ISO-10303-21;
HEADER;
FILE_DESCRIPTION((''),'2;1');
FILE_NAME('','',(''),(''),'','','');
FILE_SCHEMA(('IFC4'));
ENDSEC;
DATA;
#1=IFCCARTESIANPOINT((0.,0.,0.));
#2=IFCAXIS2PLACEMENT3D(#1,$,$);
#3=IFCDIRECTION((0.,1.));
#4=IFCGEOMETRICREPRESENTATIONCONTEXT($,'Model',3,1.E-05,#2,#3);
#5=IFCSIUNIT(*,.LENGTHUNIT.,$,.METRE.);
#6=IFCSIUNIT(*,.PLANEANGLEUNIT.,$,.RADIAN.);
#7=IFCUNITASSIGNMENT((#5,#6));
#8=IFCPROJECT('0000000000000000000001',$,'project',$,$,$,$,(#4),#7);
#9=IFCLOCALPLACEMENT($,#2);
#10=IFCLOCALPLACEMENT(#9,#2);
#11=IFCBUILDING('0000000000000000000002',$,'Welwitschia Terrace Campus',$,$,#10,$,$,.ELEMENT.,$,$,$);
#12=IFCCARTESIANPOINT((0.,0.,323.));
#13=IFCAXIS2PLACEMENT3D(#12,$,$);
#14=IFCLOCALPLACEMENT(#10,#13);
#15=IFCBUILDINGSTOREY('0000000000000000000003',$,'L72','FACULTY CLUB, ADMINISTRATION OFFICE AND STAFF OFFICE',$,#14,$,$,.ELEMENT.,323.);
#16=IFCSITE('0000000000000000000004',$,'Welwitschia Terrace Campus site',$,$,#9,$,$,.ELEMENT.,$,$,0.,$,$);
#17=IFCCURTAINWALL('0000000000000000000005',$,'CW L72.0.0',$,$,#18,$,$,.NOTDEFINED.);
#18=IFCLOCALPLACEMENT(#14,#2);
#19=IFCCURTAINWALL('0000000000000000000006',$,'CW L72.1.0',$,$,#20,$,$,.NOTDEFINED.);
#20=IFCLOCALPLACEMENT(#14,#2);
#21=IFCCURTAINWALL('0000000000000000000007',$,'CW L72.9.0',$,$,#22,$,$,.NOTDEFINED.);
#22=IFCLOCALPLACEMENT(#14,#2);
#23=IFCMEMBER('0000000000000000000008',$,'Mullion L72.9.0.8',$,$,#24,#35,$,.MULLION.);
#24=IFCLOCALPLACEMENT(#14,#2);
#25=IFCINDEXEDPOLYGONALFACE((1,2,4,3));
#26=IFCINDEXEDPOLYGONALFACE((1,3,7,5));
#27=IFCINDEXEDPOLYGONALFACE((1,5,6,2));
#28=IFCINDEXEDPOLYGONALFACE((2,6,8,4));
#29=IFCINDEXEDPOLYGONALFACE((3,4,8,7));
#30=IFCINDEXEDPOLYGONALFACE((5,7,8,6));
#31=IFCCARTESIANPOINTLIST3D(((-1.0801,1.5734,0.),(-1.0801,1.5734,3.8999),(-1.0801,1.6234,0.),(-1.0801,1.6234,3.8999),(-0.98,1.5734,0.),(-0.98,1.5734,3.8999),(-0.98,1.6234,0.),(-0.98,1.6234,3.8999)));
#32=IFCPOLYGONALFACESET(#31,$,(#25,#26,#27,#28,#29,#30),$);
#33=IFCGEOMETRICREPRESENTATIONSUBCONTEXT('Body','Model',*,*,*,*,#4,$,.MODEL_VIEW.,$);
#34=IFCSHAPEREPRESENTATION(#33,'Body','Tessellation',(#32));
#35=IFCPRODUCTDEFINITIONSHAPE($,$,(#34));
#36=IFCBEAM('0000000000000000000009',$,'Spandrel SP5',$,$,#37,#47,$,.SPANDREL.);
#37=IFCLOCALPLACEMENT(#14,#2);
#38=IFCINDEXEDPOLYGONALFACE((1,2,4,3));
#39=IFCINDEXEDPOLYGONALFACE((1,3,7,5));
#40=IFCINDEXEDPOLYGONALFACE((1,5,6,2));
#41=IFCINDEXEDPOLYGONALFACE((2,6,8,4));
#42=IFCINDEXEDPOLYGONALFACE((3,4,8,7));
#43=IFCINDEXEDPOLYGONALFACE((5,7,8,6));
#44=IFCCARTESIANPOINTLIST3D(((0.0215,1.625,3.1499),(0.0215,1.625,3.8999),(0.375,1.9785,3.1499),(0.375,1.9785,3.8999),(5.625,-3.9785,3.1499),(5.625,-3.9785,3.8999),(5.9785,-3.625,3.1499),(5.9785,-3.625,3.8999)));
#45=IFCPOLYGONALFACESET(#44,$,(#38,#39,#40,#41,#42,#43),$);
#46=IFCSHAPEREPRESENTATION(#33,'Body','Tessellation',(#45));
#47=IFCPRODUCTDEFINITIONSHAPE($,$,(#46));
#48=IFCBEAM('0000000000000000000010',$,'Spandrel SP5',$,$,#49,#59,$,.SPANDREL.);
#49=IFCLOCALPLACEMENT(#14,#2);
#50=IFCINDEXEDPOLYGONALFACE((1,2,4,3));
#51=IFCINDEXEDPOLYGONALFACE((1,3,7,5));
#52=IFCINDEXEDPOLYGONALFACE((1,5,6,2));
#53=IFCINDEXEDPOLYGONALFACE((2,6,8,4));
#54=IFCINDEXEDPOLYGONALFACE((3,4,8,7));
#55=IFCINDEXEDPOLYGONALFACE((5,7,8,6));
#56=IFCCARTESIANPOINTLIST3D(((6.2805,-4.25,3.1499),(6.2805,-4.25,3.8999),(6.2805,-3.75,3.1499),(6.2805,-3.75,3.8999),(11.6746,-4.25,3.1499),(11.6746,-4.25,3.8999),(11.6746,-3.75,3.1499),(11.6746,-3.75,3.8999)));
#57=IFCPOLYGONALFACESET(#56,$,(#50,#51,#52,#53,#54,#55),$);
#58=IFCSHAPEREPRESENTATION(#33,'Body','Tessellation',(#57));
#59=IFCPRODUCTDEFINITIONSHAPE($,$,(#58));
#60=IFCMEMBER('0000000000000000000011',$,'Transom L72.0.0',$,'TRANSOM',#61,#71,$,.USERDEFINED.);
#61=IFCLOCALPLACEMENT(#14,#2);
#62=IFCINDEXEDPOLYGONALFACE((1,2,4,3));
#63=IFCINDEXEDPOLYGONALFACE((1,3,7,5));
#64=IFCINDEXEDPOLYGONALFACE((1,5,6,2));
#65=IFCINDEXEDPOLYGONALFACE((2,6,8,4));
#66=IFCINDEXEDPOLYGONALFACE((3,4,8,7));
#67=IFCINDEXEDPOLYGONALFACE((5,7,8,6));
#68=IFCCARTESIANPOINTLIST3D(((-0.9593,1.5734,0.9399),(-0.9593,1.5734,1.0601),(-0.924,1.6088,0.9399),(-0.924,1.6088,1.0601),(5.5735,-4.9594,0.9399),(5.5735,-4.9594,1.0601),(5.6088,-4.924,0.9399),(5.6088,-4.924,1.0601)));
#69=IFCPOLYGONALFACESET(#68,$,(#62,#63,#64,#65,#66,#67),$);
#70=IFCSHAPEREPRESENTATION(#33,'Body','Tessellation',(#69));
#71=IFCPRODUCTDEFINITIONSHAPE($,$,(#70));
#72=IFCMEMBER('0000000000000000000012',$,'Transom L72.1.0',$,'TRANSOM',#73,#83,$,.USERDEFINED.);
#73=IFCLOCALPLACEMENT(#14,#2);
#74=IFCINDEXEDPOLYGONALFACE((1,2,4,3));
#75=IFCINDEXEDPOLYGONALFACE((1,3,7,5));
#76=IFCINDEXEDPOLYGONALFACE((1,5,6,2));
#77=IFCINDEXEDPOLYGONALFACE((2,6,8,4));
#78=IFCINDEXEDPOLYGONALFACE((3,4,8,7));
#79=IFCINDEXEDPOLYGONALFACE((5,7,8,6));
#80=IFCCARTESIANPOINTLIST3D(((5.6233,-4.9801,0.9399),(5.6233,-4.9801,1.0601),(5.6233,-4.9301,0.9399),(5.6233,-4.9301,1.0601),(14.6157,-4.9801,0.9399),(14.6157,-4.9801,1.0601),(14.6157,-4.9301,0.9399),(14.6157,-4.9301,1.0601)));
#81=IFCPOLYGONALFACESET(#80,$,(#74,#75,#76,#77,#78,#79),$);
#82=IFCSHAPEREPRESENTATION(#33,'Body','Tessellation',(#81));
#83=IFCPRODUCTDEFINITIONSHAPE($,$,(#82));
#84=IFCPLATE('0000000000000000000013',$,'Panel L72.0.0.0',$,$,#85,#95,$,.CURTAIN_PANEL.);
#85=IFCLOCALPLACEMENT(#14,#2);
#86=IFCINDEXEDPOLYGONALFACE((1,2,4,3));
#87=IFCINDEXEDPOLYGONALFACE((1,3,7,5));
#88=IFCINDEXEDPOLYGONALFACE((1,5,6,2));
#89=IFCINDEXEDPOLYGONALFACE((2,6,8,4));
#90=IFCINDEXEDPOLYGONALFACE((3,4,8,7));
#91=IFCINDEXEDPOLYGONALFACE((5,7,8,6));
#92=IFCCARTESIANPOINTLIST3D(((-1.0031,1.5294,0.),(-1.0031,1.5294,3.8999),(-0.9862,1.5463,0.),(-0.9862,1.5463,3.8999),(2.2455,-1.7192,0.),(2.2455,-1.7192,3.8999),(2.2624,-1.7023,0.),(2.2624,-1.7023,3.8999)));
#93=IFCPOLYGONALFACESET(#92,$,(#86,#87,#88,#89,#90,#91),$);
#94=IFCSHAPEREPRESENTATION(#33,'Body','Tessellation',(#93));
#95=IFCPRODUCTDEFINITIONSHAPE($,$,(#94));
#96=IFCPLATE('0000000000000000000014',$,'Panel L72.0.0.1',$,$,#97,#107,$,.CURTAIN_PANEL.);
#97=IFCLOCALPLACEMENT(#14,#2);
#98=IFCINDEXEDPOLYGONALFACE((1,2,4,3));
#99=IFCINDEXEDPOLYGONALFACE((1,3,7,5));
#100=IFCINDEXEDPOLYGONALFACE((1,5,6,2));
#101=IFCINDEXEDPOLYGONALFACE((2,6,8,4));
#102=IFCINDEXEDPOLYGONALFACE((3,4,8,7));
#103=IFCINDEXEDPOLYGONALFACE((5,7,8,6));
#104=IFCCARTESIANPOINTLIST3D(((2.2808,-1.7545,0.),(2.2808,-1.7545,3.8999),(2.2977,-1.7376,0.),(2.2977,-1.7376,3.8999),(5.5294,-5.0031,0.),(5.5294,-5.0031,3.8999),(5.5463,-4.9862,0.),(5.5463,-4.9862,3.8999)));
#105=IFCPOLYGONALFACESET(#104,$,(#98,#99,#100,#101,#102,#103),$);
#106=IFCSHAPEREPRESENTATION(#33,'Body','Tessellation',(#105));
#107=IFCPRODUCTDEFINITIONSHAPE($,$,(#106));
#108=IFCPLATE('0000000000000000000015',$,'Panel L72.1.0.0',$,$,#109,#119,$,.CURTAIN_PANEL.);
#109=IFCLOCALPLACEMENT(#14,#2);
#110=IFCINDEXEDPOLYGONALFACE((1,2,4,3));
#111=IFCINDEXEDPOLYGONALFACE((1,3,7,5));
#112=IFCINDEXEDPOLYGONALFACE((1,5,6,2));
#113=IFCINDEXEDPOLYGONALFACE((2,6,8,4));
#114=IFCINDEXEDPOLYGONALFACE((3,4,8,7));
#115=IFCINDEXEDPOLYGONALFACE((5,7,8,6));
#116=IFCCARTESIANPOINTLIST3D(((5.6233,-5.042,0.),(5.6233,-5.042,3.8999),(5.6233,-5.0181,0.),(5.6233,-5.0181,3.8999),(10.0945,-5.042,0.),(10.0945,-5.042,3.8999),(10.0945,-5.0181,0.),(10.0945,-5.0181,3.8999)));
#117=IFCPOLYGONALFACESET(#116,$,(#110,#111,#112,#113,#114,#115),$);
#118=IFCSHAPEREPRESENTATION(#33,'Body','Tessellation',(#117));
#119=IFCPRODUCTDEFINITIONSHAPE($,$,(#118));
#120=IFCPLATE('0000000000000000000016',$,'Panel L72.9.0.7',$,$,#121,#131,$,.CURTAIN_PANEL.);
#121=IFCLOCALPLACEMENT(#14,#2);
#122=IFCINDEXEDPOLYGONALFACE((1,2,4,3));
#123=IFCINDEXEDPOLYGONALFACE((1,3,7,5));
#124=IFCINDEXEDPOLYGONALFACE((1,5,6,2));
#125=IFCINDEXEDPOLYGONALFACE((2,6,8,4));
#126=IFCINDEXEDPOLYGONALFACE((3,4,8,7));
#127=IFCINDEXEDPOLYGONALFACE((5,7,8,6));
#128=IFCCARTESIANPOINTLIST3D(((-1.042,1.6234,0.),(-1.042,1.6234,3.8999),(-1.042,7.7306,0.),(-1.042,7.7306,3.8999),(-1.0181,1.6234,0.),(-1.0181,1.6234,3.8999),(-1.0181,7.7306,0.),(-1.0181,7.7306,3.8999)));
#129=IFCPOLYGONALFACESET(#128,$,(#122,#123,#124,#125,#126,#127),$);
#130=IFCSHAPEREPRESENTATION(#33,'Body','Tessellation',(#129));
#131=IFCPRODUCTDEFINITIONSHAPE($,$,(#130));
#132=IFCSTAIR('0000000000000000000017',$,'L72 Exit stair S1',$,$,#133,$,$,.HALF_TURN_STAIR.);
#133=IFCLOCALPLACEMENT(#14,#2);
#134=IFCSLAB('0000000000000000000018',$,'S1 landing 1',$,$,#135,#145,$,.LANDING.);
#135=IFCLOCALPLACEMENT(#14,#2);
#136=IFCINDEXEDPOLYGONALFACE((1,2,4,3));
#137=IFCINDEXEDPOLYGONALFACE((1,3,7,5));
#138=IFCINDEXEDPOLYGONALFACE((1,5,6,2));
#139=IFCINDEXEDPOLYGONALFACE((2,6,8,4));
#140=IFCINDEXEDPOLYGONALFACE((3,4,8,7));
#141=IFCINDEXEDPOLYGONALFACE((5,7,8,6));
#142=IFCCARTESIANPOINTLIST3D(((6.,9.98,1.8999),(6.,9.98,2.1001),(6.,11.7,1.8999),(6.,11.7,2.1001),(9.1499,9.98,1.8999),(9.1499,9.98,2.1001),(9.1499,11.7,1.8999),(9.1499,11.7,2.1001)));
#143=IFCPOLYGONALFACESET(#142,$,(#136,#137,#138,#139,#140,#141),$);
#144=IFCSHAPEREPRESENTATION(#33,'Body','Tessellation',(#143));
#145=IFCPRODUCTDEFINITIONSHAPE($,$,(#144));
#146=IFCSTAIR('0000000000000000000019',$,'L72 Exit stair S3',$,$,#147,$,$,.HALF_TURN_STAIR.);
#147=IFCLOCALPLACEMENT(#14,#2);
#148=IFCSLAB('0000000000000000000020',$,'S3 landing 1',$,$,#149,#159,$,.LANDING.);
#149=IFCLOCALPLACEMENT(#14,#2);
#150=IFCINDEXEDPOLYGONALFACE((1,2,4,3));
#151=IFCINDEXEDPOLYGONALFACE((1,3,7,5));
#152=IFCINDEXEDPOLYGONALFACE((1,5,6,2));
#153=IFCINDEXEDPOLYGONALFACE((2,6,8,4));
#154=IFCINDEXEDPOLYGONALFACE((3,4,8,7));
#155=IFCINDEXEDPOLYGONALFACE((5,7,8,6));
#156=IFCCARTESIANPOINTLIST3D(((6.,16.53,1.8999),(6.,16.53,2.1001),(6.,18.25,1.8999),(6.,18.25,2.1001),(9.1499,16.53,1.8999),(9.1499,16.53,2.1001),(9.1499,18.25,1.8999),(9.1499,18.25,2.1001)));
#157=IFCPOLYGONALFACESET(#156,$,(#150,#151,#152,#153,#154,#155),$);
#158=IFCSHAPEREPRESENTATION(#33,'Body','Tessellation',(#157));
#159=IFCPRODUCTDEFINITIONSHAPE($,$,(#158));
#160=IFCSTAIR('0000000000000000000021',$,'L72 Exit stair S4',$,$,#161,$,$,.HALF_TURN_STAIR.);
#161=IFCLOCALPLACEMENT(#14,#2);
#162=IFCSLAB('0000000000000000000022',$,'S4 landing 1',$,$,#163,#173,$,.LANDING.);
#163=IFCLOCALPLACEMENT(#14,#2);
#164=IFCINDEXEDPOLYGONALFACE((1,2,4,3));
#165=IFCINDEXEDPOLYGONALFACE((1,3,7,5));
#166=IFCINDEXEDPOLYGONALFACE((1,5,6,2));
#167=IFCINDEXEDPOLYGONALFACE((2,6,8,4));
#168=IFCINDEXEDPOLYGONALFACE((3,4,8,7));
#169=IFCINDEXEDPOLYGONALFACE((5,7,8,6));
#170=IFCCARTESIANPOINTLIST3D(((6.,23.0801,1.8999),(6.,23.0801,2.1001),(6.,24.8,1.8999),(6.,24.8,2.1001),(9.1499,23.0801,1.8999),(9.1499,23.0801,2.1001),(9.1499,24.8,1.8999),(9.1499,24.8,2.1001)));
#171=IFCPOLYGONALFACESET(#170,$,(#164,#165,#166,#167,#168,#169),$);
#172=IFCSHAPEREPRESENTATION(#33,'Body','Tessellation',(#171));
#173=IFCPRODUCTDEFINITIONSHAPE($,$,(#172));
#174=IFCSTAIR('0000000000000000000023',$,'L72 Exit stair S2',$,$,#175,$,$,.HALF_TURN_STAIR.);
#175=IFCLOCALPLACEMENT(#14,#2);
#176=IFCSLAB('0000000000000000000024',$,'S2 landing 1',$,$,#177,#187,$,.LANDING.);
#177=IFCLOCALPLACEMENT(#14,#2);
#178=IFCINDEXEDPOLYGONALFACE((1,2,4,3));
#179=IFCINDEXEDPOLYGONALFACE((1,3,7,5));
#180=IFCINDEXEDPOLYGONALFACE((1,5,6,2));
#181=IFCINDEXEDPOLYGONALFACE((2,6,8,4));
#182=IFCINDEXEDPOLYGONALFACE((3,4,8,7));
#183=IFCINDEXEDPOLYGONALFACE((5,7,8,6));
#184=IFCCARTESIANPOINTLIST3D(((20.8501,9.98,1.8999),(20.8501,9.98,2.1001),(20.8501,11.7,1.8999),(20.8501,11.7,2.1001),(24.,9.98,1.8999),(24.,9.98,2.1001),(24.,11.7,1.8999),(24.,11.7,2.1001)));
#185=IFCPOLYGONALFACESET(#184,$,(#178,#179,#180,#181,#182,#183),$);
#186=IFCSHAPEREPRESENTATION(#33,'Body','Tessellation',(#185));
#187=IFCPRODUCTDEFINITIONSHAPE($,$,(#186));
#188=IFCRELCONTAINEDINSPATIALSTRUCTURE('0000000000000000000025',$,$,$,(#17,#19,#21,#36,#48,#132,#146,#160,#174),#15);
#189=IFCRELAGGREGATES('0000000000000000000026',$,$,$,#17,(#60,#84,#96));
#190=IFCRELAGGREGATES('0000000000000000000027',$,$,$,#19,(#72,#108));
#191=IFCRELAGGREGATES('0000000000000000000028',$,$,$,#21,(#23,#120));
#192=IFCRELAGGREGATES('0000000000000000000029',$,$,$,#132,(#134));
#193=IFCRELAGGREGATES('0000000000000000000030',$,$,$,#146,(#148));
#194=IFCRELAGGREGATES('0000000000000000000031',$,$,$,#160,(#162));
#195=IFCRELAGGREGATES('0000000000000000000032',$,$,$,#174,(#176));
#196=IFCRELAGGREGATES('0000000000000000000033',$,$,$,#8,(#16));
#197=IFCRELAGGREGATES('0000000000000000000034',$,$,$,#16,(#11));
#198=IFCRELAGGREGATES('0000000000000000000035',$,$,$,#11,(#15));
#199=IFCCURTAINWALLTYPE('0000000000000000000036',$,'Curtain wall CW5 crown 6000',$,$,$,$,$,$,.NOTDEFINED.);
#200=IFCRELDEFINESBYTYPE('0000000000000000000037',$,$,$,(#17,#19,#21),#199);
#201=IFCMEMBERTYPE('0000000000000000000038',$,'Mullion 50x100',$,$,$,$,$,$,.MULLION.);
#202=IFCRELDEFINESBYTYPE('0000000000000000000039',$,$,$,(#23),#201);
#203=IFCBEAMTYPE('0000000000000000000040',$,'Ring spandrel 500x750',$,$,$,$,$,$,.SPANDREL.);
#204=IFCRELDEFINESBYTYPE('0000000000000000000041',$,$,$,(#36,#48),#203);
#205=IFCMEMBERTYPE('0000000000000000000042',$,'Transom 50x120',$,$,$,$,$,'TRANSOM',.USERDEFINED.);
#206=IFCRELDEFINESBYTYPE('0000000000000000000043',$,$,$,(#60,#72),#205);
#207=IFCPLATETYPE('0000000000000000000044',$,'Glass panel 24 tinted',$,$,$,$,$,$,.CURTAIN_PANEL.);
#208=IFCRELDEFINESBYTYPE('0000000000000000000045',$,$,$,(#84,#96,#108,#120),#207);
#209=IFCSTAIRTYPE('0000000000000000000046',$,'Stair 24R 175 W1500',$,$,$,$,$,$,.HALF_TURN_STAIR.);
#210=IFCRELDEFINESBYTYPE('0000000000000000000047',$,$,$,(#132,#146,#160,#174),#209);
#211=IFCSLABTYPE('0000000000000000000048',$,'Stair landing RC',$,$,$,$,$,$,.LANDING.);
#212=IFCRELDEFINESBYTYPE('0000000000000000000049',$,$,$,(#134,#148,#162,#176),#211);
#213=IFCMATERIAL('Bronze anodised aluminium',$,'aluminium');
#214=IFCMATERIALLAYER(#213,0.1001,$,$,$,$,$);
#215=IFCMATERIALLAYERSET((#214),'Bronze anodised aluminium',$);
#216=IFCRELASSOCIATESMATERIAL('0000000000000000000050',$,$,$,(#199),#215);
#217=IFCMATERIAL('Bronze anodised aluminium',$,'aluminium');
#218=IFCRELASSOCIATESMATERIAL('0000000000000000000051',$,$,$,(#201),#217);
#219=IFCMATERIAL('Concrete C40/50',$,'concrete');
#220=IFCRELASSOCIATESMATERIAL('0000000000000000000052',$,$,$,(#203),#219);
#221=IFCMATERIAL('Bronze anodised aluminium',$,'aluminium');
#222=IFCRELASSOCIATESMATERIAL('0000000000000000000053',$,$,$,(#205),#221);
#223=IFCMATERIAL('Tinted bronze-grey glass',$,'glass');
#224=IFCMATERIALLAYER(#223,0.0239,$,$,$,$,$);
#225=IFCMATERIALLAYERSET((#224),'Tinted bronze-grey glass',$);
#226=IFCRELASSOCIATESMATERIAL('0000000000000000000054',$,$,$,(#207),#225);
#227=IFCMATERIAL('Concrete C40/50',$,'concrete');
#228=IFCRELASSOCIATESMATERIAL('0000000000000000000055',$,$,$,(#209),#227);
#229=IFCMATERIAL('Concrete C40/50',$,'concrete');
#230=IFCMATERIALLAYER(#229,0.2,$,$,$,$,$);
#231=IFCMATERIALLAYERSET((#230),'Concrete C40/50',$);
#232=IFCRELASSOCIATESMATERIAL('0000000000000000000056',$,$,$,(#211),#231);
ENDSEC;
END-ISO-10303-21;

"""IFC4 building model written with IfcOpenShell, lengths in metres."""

from ifc_helpers import new_model, si_unit, direction, frame, origin, origin_2d, place, context, subcontext, project, spatial, polyline, rectangle, outline, extrude, material, layer, layer_set, material_profile, profile_set, type_object, element, aggregate, save


model = new_model("IFC4")

# Units and contexts
model_context = context("Model", 3, precision=1e-05, world=origin(), true_north=direction((0.0, 1.0)))
body_context = subcontext(model_context, "Body", "Model", "MODEL_VIEW")
ifc_project = project(units=[si_unit("LENGTHUNIT", "METRE"), si_unit("PLANEANGLEUNIT", "RADIAN")], contexts=[model_context])

# Site, building, storey
site_placement = place(None, origin())
site = spatial("IfcSite", under=ifc_project, at=site_placement, Name="Welwitschia Terrace Campus site", CompositionType="ELEMENT", RefElevation=0.0)
building_placement = place(site_placement, origin())
building = spatial("IfcBuilding", under=site, at=building_placement, Name="Welwitschia Terrace Campus", CompositionType="ELEMENT")
storey_placement = place(building_placement, frame((0.0, 0.0, 323.0)))
storey = spatial("IfcBuildingStorey", under=building, at=storey_placement, Name="L72", Description="FACULTY CLUB, ADMINISTRATION OFFICE AND STAFF OFFICE", CompositionType="ELEMENT", Elevation=323.0)

# Curtain walls
ifc_material_1 = material(Name="Bronze anodised aluminium", Category="aluminium")
ifc_layer_1 = layer(ifc_material_1, 0.1001)
ifc_layer_set_1 = layer_set([ifc_layer_1], Name="Bronze anodised aluminium")
curtain_wall_type = type_object("IfcCurtainWallType", Name="Curtain wall CW5 crown 6000", PredefinedType="NOTDEFINED", material=ifc_layer_set_1)
curtain_wall_1_placement = place(storey_placement, origin())
curtain_wall_1 = element("IfcCurtainWall", 1, at=curtain_wall_1_placement, inside=storey, type_object=curtain_wall_type, Name="CW L72.0.0", PredefinedType="NOTDEFINED")
ifc_material_2 = material(Name="Bronze anodised aluminium", Category="aluminium")
ifc_material_profile_1 = material_profile(ifc_material_2, rectangle(XDim=0.1001, YDim=0.05, at=origin_2d()))
ifc_profile_set_1 = profile_set([ifc_material_profile_1], Name="Bronze anodised aluminium")
member_type_1 = type_object("IfcMemberType", Name="Mullion 50x100", PredefinedType="MULLION", material=ifc_profile_set_1)
curtain_wall_2_placement = place(storey_placement, origin())
curtain_wall_2 = element("IfcCurtainWall", 2, at=curtain_wall_2_placement, inside=storey, type_object=curtain_wall_type, Name="CW L72.1.0", PredefinedType="NOTDEFINED")

# Curtain wall, member
curtain_wall_3_placement = place(storey_placement, origin())
curtain_wall_3 = element("IfcCurtainWall", 3, at=curtain_wall_3_placement, inside=storey, type_object=curtain_wall_type, Name="CW L72.9.0", PredefinedType="NOTDEFINED")
member_1_placement = place(storey_placement, frame((-1.03, 1.5984, 0.0), z_axis=(0.0, 0.0, 1.0), x_axis=(1.0, 0.0, 0.0)))
member_1 = element("IfcMember", 4, at=member_1_placement, type_object=member_type_1, Name="Mullion L72.9.0.8", PredefinedType="MULLION", context=body_context, shape_type="SweptSolid", body=[
    extrude(rectangle(XDim=0.1001, YDim=0.05, at=origin_2d()), origin(), (0.0, 0.0, 1.0), 3.8999),
])

# Beams
ifc_material_3 = material(Name="Concrete C40/50", Category="concrete")
ifc_material_profile_2 = material_profile(ifc_material_3, rectangle(XDim=0.5, YDim=0.75, at=origin_2d()))
ifc_profile_set_2 = profile_set([ifc_material_profile_2], Name="Concrete C40/50")
beam_type_1 = type_object("IfcBeamType", Name="Ring spandrel 500x750", PredefinedType="SPANDREL", material=ifc_profile_set_2)
beam_1_placement = place(storey_placement, frame((0.1982, 1.8018, 3.5249), z_axis=(0.707107, -0.707107, 0.0), x_axis=(0.707107, 0.707107, 0.0)))
element("IfcBeam", 5, at=beam_1_placement, inside=storey, type_object=beam_type_1, Name="Spandrel SP5", PredefinedType="SPANDREL", context=body_context, shape_type="SweptSolid", body=[
    extrude(rectangle(XDim=0.5, YDim=0.75, at=origin_2d()), origin(), (0.0, 0.0, 1.0), 7.9246),
])
beam_2_placement = place(storey_placement, frame((6.2805, -4.0, 3.5249), z_axis=(1.0, 0.0, 0.0), x_axis=(0.0, 1.0, 0.0)))
element("IfcBeam", 6, at=beam_2_placement, inside=storey, type_object=beam_type_1, Name="Spandrel SP5", PredefinedType="SPANDREL", context=body_context, shape_type="SweptSolid", body=[
    extrude(rectangle(XDim=0.5, YDim=0.75, at=origin_2d()), origin(), (0.0, 0.0, 1.0), 5.394),
])

# Members
ifc_material_4 = material(Name="Bronze anodised aluminium", Category="aluminium")
ifc_material_profile_3 = material_profile(ifc_material_4, rectangle(XDim=0.05, YDim=0.1201, at=origin_2d()))
ifc_profile_set_3 = profile_set([ifc_material_profile_3], Name="Bronze anodised aluminium")
member_type_2 = type_object("IfcMemberType", Name="Transom 50x120", ElementType="TRANSOM", PredefinedType="USERDEFINED", material=ifc_profile_set_3)
member_2_placement = place(storey_placement, frame((-0.9417, 1.5911, 1.0), z_axis=(0.707107, -0.707107, 0.0), x_axis=(0.707107, 0.707107, 0.0)))
member_2 = element("IfcMember", 7, at=member_2_placement, type_object=member_type_2, Name="Transom L72.0.0", ObjectType="TRANSOM", PredefinedType="USERDEFINED", context=body_context, shape_type="SweptSolid", body=[
    extrude(rectangle(XDim=0.05, YDim=0.1201, at=origin_2d()), origin(), (0.0, 0.0, 1.0), 9.2388),
])
member_3_placement = place(storey_placement, frame((5.6233, -4.9551, 1.0), z_axis=(1.0, 0.0, 0.0), x_axis=(0.0, 1.0, 0.0)))
member_3 = element("IfcMember", 8, at=member_3_placement, type_object=member_type_2, Name="Transom L72.1.0", ObjectType="TRANSOM", PredefinedType="USERDEFINED", context=body_context, shape_type="SweptSolid", body=[
    extrude(rectangle(XDim=0.05, YDim=0.1201, at=origin_2d()), origin(), (0.0, 0.0, 1.0), 8.9924),
])

# Plates
ifc_material_5 = material(Name="Tinted bronze-grey glass", Category="glass")
ifc_layer_2 = layer(ifc_material_5, 0.0239)
ifc_layer_set_2 = layer_set([ifc_layer_2], Name="Tinted bronze-grey glass")
plate_type = type_object("IfcPlateType", Name="Glass panel 24 tinted", PredefinedType="CURTAIN_PANEL", material=ifc_layer_set_2)
plate_1_placement = place(storey_placement, frame((0.6296, -0.0864, 0.0), z_axis=(0.0, 0.0, 1.0), x_axis=(0.707107, -0.707107, 0.0)))
plate_1 = element("IfcPlate", 9, at=plate_1_placement, type_object=plate_type, Name="Panel L72.0.0.0", PredefinedType="CURTAIN_PANEL", context=body_context, shape_type="SweptSolid", body=[
    extrude(rectangle(XDim=4.5942, YDim=0.0239, at=origin_2d()), origin(), (0.0, 0.0, 1.0), 3.8999),
])
plate_2_placement = place(storey_placement, frame((3.9136, -3.3704, 0.0), z_axis=(0.0, 0.0, 1.0), x_axis=(0.707107, -0.707107, 0.0)))
plate_2 = element("IfcPlate", 10, at=plate_2_placement, type_object=plate_type, Name="Panel L72.0.0.1", PredefinedType="CURTAIN_PANEL", context=body_context, shape_type="SweptSolid", body=[
    extrude(rectangle(XDim=4.5942, YDim=0.0239, at=origin_2d()), origin(), (0.0, 0.0, 1.0), 3.8999),
])
aggregate(curtain_wall_1, [member_2, plate_1, plate_2])
plate_3_placement = place(storey_placement, frame((7.8589, -5.03, 0.0), z_axis=(0.0, 0.0, 1.0), x_axis=(1.0, 0.0, 0.0)))
plate_3 = element("IfcPlate", 11, at=plate_3_placement, type_object=plate_type, Name="Panel L72.1.0.0", PredefinedType="CURTAIN_PANEL", context=body_context, shape_type="SweptSolid", body=[
    extrude(rectangle(XDim=4.4712, YDim=0.0239, at=origin_2d()), origin(), (0.0, 0.0, 1.0), 3.8999),
])
aggregate(curtain_wall_2, [member_3, plate_3])
plate_4_placement = place(storey_placement, frame((-1.03, 4.677, 0.0), z_axis=(0.0, 0.0, 1.0), x_axis=(0.0, -1.0, 0.0)))
plate_4 = element("IfcPlate", 12, at=plate_4_placement, type_object=plate_type, Name="Panel L72.9.0.7", PredefinedType="CURTAIN_PANEL", context=body_context, shape_type="SweptSolid", body=[
    extrude(rectangle(XDim=6.1072, YDim=0.0239, at=origin_2d()), origin(), (0.0, 0.0, 1.0), 3.8999),
])
aggregate(curtain_wall_3, [member_1, plate_4])

# Stairs, slabs
ifc_material_6 = material(Name="Concrete C40/50", Category="concrete")
stair_type = type_object("IfcStairType", Name="Stair 24R 175 W1500", PredefinedType="HALF_TURN_STAIR", material=ifc_material_6)
stair_1_placement = place(storey_placement, origin())
stair_1 = element("IfcStair", 13, at=stair_1_placement, inside=storey, type_object=stair_type, Name="L72 Exit stair S1", PredefinedType="HALF_TURN_STAIR")
ifc_material_7 = material(Name="Concrete C40/50", Category="concrete")
ifc_layer_3 = layer(ifc_material_7, 0.2)
ifc_layer_set_3 = layer_set([ifc_layer_3], Name="Concrete C40/50")
slab_type_1 = type_object("IfcSlabType", Name="Stair landing RC", PredefinedType="LANDING", material=ifc_layer_set_3)
slab_1_placement = place(storey_placement, frame((0.0, 0.0, 1.8999)))
slab_1 = element("IfcSlab", 14, at=slab_1_placement, type_object=slab_type_1, Name="S1 landing 1", PredefinedType="LANDING", context=body_context, shape_type="SweptSolid", body=[
    extrude(outline(polyline([(9.1499, 9.98), (9.1499, 11.7), (6.0, 11.7), (6.0, 9.98), (9.1499, 9.98)])), origin(), (0.0, 0.0, 1.0), 0.2002),
])
aggregate(stair_1, [slab_1])
stair_2_placement = place(storey_placement, origin())
stair_2 = element("IfcStair", 15, at=stair_2_placement, inside=storey, type_object=stair_type, Name="L72 Exit stair S3", PredefinedType="HALF_TURN_STAIR")
slab_2_placement = place(storey_placement, frame((0.0, 0.0, 1.8999)))
slab_2 = element("IfcSlab", 16, at=slab_2_placement, type_object=slab_type_1, Name="S3 landing 1", PredefinedType="LANDING", context=body_context, shape_type="SweptSolid", body=[
    extrude(outline(polyline([(9.1499, 16.53), (9.1499, 18.25), (6.0, 18.25), (6.0, 16.53), (9.1499, 16.53)])), origin(), (0.0, 0.0, 1.0), 0.2002),
])
aggregate(stair_2, [slab_2])
stair_3_placement = place(storey_placement, origin())
stair_3 = element("IfcStair", 17, at=stair_3_placement, inside=storey, type_object=stair_type, Name="L72 Exit stair S4", PredefinedType="HALF_TURN_STAIR")
slab_3_placement = place(storey_placement, frame((0.0, 0.0, 1.8999)))
slab_3 = element("IfcSlab", 18, at=slab_3_placement, type_object=slab_type_1, Name="S4 landing 1", PredefinedType="LANDING", context=body_context, shape_type="SweptSolid", body=[
    extrude(outline(polyline([(9.1499, 23.0801), (9.1499, 24.8), (6.0, 24.8), (6.0, 23.0801), (9.1499, 23.0801)])), origin(), (0.0, 0.0, 1.0), 0.2002),
])
aggregate(stair_3, [slab_3])
stair_4_placement = place(storey_placement, origin())
stair_4 = element("IfcStair", 19, at=stair_4_placement, inside=storey, type_object=stair_type, Name="L72 Exit stair S2", PredefinedType="HALF_TURN_STAIR")
slab_4_placement = place(storey_placement, frame((0.0, 0.0, 1.8999)))
slab_4 = element("IfcSlab", 20, at=slab_4_placement, type_object=slab_type_1, Name="S2 landing 1", PredefinedType="LANDING", context=body_context, shape_type="SweptSolid", body=[
    extrude(outline(polyline([(24.0, 9.98), (24.0, 11.7), (20.8501, 11.7), (20.8501, 9.98), (24.0, 9.98)])), origin(), (0.0, 0.0, 1.0), 0.2002),
])
aggregate(stair_4, [slab_4])

save(model, "model.ifc")
